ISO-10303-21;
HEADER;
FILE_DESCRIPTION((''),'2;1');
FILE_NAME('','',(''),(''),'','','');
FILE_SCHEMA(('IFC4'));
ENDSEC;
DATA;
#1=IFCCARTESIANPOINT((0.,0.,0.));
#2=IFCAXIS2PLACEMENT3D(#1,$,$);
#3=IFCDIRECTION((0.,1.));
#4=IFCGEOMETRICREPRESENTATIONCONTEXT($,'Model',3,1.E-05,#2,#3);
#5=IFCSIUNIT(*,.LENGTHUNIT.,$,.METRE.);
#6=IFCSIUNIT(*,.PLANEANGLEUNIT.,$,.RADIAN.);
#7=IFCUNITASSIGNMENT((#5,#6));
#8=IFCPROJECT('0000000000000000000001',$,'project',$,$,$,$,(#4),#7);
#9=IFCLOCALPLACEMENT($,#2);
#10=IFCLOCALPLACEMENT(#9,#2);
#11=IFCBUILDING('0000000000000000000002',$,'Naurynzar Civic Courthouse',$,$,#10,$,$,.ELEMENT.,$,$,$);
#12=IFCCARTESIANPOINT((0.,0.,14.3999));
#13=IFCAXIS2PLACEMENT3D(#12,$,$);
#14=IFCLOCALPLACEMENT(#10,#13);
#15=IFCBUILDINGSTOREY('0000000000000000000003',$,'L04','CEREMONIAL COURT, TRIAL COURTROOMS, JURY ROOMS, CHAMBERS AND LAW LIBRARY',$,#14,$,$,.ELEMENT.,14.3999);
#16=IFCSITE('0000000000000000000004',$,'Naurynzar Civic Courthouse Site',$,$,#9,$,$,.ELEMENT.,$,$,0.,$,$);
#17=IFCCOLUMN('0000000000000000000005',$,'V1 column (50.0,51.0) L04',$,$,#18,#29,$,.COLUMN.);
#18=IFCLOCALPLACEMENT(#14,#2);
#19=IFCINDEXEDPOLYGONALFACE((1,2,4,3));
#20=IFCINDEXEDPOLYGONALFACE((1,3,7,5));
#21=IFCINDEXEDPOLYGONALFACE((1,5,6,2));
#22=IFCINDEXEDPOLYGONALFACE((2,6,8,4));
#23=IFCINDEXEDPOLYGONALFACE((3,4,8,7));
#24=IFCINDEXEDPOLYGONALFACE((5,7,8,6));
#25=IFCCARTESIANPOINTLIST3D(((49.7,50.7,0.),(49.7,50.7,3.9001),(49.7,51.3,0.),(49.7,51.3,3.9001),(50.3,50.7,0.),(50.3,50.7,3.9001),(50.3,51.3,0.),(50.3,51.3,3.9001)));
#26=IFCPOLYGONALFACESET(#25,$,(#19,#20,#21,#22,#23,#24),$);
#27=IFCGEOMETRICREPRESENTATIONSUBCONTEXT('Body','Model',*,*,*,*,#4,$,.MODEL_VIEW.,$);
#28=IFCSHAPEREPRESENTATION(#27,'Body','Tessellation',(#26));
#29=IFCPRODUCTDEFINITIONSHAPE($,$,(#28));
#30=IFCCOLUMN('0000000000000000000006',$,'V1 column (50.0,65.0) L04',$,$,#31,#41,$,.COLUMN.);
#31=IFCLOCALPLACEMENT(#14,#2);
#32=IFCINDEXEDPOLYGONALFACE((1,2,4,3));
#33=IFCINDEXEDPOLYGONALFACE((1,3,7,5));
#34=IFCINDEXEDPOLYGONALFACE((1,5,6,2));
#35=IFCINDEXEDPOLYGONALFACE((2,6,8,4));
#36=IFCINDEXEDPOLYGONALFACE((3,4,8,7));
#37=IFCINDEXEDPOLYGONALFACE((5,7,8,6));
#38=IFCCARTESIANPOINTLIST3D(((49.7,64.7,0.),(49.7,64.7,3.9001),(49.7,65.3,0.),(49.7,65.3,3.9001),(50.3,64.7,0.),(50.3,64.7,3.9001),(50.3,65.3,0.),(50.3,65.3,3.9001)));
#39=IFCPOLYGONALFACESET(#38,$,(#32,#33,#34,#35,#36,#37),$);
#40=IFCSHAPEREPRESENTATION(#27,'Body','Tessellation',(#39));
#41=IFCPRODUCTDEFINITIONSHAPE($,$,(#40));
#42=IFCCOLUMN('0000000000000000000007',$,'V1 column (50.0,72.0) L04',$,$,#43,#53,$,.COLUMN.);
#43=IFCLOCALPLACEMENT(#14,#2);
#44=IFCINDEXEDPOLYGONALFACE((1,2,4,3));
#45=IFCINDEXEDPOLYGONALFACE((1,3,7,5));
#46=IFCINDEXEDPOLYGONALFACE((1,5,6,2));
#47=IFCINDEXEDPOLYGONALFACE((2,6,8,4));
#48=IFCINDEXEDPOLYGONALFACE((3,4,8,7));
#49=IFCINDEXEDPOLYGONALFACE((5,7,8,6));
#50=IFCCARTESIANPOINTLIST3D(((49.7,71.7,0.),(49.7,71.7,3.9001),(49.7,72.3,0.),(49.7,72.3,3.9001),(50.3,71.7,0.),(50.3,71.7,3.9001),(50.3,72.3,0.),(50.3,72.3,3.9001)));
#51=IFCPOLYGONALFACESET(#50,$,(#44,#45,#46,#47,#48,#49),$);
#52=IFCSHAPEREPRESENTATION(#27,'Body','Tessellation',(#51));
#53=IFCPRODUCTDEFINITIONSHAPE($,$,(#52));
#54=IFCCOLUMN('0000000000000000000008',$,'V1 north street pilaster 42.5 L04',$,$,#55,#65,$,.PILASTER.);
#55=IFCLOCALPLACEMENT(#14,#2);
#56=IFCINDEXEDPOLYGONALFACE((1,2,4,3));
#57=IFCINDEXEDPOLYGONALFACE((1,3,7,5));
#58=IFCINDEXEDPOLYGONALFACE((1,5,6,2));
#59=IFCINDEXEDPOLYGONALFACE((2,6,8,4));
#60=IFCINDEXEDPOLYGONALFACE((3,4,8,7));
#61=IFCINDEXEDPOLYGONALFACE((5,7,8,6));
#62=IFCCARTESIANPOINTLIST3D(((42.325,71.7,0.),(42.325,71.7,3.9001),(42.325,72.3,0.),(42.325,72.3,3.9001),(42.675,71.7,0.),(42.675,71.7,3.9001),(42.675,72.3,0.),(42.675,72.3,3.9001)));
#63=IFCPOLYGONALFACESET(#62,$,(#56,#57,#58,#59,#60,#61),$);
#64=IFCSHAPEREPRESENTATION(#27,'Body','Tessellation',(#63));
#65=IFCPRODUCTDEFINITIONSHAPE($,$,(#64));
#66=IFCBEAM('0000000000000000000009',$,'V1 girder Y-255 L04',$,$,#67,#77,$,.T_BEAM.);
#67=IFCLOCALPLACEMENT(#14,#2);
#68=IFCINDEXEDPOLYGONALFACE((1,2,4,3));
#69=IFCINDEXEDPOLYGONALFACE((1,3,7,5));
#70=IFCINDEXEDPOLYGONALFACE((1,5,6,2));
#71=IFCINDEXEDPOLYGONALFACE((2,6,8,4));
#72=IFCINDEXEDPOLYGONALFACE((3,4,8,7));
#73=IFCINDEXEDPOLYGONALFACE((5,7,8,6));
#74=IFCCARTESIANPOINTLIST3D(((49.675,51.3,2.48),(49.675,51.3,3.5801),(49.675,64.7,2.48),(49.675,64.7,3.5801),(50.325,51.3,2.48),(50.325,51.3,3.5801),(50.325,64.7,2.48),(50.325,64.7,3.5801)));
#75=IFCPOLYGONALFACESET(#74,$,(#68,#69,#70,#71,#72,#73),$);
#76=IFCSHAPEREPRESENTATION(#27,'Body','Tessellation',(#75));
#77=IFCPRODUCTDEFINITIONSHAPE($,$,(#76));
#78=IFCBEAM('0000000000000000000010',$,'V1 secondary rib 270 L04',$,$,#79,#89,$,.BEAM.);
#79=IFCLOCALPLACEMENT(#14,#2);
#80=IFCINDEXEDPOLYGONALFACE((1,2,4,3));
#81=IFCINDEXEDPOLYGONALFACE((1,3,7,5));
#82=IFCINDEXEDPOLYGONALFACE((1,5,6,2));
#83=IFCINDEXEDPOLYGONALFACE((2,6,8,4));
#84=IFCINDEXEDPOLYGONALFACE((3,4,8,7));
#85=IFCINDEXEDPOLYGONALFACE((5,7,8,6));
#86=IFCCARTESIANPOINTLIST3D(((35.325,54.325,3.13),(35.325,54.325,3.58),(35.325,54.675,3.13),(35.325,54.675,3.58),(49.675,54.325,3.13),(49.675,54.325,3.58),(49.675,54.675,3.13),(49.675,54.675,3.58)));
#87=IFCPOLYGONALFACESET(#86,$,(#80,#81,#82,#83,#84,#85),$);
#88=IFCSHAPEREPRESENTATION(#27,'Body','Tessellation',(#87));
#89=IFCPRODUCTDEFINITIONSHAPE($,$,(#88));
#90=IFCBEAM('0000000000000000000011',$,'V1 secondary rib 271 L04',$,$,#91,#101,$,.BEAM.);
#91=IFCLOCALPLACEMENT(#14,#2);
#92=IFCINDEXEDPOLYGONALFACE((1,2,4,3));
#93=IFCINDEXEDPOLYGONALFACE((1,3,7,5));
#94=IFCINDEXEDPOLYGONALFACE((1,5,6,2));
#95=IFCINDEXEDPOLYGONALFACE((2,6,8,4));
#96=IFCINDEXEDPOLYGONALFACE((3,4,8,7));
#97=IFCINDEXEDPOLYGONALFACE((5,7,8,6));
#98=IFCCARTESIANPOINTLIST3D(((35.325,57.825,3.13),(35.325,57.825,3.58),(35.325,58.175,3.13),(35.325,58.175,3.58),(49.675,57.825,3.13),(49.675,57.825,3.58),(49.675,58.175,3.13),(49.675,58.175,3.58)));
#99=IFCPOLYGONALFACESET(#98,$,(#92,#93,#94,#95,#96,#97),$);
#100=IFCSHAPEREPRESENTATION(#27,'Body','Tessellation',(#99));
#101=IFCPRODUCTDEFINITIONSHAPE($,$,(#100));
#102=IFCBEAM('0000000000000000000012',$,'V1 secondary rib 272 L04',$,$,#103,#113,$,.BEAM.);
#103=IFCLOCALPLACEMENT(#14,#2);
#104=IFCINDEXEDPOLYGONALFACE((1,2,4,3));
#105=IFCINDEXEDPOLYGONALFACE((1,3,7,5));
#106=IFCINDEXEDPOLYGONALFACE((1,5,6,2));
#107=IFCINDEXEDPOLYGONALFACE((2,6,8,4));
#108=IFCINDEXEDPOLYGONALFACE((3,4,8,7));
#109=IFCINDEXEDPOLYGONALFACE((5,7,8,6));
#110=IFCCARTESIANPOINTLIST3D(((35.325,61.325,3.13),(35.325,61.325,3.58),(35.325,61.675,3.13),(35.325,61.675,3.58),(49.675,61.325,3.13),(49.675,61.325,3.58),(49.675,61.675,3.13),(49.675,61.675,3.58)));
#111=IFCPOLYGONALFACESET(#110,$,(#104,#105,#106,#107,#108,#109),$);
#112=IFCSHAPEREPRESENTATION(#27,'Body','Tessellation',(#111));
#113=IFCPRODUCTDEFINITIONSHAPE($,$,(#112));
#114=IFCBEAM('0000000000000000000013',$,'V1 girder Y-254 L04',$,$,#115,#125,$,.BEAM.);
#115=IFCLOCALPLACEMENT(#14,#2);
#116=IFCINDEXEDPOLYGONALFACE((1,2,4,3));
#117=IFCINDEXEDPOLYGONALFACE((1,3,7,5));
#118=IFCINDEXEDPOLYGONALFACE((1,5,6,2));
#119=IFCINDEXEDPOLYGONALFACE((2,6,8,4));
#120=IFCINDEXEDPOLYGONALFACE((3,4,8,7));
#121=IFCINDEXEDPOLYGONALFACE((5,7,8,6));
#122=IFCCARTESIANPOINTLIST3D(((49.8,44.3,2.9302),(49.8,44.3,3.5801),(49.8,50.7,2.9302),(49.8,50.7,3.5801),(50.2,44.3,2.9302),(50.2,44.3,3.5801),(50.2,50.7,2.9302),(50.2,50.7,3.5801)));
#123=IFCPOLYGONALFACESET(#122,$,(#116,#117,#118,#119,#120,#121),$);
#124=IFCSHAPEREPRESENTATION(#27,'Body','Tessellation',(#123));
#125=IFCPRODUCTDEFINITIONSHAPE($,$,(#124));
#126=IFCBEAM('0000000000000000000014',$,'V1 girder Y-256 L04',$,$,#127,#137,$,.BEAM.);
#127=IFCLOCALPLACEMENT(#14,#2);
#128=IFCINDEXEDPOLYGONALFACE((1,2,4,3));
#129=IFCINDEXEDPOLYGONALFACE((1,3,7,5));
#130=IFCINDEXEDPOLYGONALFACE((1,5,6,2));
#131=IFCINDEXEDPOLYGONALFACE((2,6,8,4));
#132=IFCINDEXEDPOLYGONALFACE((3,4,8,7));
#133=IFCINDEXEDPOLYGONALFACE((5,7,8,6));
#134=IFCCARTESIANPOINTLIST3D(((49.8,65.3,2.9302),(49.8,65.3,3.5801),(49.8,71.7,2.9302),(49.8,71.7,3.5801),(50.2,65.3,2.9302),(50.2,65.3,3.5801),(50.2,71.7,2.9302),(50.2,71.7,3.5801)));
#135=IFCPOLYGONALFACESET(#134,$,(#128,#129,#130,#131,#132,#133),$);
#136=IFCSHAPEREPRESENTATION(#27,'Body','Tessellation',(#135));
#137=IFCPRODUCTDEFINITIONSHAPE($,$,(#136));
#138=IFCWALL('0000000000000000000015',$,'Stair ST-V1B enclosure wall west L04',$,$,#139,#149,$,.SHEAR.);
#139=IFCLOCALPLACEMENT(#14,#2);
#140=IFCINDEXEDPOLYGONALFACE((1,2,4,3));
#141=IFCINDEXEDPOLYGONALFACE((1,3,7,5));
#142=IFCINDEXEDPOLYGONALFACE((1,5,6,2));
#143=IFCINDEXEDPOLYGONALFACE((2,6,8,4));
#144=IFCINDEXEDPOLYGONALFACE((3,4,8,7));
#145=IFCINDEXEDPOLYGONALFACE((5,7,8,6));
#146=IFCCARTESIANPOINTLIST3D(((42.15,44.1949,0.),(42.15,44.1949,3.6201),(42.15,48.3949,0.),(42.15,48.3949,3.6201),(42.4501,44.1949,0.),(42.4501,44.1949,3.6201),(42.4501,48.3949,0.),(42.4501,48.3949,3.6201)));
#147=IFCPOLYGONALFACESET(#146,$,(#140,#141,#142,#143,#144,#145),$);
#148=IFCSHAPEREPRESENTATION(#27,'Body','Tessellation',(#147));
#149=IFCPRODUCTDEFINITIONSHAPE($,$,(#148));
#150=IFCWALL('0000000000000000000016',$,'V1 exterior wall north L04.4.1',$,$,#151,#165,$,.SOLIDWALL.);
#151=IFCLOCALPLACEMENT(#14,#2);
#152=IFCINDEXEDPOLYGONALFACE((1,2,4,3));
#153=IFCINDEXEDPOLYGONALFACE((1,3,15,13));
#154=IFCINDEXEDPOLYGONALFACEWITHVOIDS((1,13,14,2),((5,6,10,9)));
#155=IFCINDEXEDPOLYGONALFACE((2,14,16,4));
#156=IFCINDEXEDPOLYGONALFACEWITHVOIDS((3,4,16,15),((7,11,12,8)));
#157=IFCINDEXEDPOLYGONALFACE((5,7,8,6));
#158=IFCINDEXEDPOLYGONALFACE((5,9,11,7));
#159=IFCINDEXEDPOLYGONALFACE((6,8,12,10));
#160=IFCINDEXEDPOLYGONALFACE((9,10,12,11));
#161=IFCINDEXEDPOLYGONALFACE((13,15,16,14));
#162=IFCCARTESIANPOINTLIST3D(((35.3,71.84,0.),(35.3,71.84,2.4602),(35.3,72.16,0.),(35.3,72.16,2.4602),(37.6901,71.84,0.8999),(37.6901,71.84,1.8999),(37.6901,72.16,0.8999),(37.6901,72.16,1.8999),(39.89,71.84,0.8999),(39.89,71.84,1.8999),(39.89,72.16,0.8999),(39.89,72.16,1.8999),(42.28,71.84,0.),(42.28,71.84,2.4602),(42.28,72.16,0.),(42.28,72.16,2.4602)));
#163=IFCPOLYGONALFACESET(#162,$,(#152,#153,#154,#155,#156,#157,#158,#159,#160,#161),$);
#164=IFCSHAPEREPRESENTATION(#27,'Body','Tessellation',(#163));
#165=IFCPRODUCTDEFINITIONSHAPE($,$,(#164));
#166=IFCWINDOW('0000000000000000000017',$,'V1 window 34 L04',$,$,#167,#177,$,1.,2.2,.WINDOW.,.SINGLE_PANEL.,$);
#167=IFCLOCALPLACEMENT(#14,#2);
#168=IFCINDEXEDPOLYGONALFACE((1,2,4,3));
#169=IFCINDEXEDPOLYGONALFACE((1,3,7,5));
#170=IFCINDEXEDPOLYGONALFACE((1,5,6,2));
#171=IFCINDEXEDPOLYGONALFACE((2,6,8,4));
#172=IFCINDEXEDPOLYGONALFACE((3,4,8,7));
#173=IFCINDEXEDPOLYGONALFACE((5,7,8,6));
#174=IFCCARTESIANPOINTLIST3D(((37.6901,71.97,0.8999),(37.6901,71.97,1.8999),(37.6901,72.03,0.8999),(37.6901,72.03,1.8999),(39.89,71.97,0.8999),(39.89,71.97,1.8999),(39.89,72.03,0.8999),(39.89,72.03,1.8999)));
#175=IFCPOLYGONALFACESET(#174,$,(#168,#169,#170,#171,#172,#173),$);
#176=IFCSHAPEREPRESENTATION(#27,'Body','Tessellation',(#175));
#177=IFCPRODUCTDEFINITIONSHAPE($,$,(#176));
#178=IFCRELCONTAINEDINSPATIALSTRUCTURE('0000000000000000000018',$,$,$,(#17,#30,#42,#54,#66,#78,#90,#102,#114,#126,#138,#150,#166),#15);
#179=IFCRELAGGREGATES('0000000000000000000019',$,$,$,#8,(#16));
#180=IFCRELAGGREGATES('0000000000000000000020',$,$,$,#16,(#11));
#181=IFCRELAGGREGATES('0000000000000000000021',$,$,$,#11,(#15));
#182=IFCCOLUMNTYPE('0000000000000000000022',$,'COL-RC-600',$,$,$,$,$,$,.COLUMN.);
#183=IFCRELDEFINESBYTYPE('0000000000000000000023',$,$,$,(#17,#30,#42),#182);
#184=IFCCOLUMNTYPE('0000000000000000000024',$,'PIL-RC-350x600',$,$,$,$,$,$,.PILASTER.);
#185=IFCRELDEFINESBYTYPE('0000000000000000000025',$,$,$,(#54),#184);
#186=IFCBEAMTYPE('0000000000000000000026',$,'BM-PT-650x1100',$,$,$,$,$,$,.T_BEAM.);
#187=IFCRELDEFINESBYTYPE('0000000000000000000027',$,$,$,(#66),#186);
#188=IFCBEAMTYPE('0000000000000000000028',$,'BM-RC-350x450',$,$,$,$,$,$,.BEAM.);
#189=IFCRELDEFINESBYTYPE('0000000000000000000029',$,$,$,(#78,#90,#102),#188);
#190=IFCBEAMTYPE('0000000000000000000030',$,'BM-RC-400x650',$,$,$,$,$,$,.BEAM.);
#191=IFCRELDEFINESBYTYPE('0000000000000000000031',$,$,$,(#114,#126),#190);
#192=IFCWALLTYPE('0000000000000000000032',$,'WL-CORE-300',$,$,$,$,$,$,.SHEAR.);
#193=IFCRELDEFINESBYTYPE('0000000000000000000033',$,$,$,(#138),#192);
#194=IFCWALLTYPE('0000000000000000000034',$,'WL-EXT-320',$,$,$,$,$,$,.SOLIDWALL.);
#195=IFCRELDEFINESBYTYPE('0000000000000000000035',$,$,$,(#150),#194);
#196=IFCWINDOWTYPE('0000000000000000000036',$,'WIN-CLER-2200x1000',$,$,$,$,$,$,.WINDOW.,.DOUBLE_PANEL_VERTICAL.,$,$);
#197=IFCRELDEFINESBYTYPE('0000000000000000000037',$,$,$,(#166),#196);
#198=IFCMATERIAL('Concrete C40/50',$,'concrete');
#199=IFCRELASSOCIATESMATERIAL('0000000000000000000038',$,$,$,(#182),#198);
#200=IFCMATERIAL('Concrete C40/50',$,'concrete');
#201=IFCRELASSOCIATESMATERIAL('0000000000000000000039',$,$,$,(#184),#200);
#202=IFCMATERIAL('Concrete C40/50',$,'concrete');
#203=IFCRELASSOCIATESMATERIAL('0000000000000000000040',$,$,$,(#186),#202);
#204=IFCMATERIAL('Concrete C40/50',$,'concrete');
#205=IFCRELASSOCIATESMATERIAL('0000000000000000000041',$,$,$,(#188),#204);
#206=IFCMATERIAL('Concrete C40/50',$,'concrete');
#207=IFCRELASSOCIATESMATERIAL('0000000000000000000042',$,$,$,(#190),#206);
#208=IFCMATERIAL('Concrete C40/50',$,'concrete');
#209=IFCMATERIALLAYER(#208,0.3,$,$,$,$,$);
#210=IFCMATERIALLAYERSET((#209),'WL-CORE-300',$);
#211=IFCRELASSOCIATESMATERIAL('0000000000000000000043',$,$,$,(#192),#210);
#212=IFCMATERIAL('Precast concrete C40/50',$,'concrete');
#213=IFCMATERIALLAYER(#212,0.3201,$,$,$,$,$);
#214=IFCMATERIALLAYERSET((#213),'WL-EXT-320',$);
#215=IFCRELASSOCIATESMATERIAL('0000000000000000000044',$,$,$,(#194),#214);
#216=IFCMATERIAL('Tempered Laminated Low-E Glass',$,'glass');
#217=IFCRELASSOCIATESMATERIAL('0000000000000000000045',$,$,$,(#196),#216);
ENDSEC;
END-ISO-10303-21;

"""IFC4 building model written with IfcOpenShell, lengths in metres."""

from ifc_helpers import new_model, si_unit, direction, frame, frame_2d, origin, origin_2d, place, context, subcontext, project, spatial, rectangle, extrude, material, layer, layer_set, material_profile, profile_set, type_object, element, fill, save


model = new_model("IFC4")

# Units and contexts
model_context = context("Model", 3, precision=1e-05, world=origin(), true_north=direction((0.0, 1.0)))
body_context = subcontext(model_context, "Body", "Model", "MODEL_VIEW")
ifc_project = project(units=[si_unit("LENGTHUNIT", "METRE"), si_unit("PLANEANGLEUNIT", "RADIAN")], contexts=[model_context])

# Site, building, storey
site_placement = place(None, origin())
site = spatial("IfcSite", under=ifc_project, at=site_placement, Name="Naurynzar Civic Courthouse Site", CompositionType="ELEMENT", RefElevation=0.0)
building_placement = place(site_placement, origin())
building = spatial("IfcBuilding", under=site, at=building_placement, Name="Naurynzar Civic Courthouse", CompositionType="ELEMENT")
storey_placement = place(building_placement, frame((0.0, 0.0, 14.3999)))
storey = spatial("IfcBuildingStorey", under=building, at=storey_placement, Name="L04", Description="CEREMONIAL COURT, TRIAL COURTROOMS, JURY ROOMS, CHAMBERS AND LAW LIBRARY", CompositionType="ELEMENT", Elevation=14.3999)

# Columns
ifc_material_1 = material(Name="Concrete C40/50", Category="concrete")
ifc_material_profile_1 = material_profile(ifc_material_1, rectangle(XDim=0.6001, YDim=0.6001, at=origin_2d()), Name="RC 600x600")
ifc_profile_set_1 = profile_set([ifc_material_profile_1], Name="Concrete C40/50")
column_type_1 = type_object("IfcColumnType", Name="COL-RC-600", PredefinedType="COLUMN", material=ifc_profile_set_1)
for number, where, z_axis, x_axis, name in (
    (1, (50.0, 51.0, 0.0), (0.0, 0.0, 1.0), (1.0, 0.0, 0.0), "V1 column (50.0,51.0) L04"),
    (2, (50.0, 65.0, 0.0), (0.0, 0.0, 1.0), (1.0, 0.0, 0.0), "V1 column (50.0,65.0) L04"),
    (3, (50.0, 72.0, 0.0), (0.0, 0.0, 1.0), (1.0, 0.0, 0.0), "V1 column (50.0,72.0) L04"),
):
    element("IfcColumn", number, at=place(storey_placement, frame(where, z_axis=z_axis, x_axis=x_axis)), inside=storey, type_object=column_type_1, Name=name, PredefinedType="COLUMN", context=body_context, shape_type="SweptSolid", body=[
        extrude(rectangle(XDim=0.6001, YDim=0.6001, at=origin_2d()), origin(), (0.0, 0.0, 1.0), 3.9001),
    ])
ifc_material_2 = material(Name="Concrete C40/50", Category="concrete")
ifc_material_profile_2 = material_profile(ifc_material_2, rectangle(XDim=0.3501, YDim=0.6001, at=origin_2d()), Name="RC 350x600")
ifc_profile_set_2 = profile_set([ifc_material_profile_2], Name="Concrete C40/50")
column_type_2 = type_object("IfcColumnType", Name="PIL-RC-350x600", PredefinedType="PILASTER", material=ifc_profile_set_2)
column_placement = place(storey_placement, frame((42.5, 72.0, 0.0), z_axis=(0.0, 0.0, 1.0), x_axis=(1.0, 0.0, 0.0)))
element("IfcColumn", 4, at=column_placement, inside=storey, type_object=column_type_2, Name="V1 north street pilaster 42.5 L04", PredefinedType="PILASTER", context=body_context, shape_type="SweptSolid", body=[
    extrude(rectangle(XDim=0.3501, YDim=0.6001, at=origin_2d()), origin(), (0.0, 0.0, 1.0), 3.9001),
])

# Beams
ifc_material_3 = material(Name="Concrete C40/50", Category="concrete")
ifc_material_profile_3 = material_profile(ifc_material_3, rectangle(XDim=0.6499, YDim=1.1001, at=origin_2d()), Name="PTB 650x1100")
ifc_profile_set_3 = profile_set([ifc_material_profile_3], Name="Concrete C40/50")
beam_type_1 = type_object("IfcBeamType", Name="BM-PT-650x1100", PredefinedType="T_BEAM", material=ifc_profile_set_3)
beam_placement = place(storey_placement, frame((50.0, 51.3, 3.03), z_axis=(0.0, 1.0, 0.0), x_axis=(-1.0, 0.0, 0.0)))
element("IfcBeam", 5, at=beam_placement, inside=storey, type_object=beam_type_1, Name="V1 girder Y-255 L04", PredefinedType="T_BEAM", context=body_context, shape_type="SweptSolid", body=[
    extrude(rectangle(XDim=0.6499, YDim=1.1001, at=origin_2d()), origin(), (0.0, 0.0, 1.0), 13.3999),
])
ifc_material_4 = material(Name="Concrete C40/50", Category="concrete")
ifc_material_profile_4 = material_profile(ifc_material_4, rectangle(XDim=0.3501, YDim=0.45, at=origin_2d()), Name="RCB 350x450")
ifc_profile_set_4 = profile_set([ifc_material_profile_4], Name="Concrete C40/50")
beam_type_2 = type_object("IfcBeamType", Name="BM-RC-350x450", PredefinedType="BEAM", material=ifc_profile_set_4)
for number, where, z_axis, x_axis, name in (
    (6, (35.325, 54.5, 3.355), (1.0, 0.0, 0.0), (0.0, 1.0, 0.0), "V1 secondary rib 270 L04"),
    (7, (35.325, 58.0, 3.355), (1.0, 0.0, 0.0), (0.0, 1.0, 0.0), "V1 secondary rib 271 L04"),
    (8, (35.325, 61.5, 3.355), (1.0, 0.0, 0.0), (0.0, 1.0, 0.0), "V1 secondary rib 272 L04"),
):
    element("IfcBeam", number, at=place(storey_placement, frame(where, z_axis=z_axis, x_axis=x_axis)), inside=storey, type_object=beam_type_2, Name=name, PredefinedType="BEAM", context=body_context, shape_type="SweptSolid", body=[
        extrude(rectangle(XDim=0.3501, YDim=0.45, at=origin_2d()), origin(), (0.0, 0.0, 1.0), 14.3501),
    ])
ifc_material_5 = material(Name="Concrete C40/50", Category="concrete")
ifc_material_profile_5 = material_profile(ifc_material_5, rectangle(XDim=0.3999, YDim=0.6499, at=origin_2d()), Name="RCB 400x650")
ifc_profile_set_5 = profile_set([ifc_material_profile_5], Name="Concrete C40/50")
beam_type_3 = type_object("IfcBeamType", Name="BM-RC-400x650", PredefinedType="BEAM", material=ifc_profile_set_5)
for number, where, z_axis, x_axis, name in (
    (9, (50.0, 44.3, 3.2551), (0.0, 1.0, 0.0), (-1.0, 0.0, 0.0), "V1 girder Y-254 L04"),
    (10, (50.0, 65.3, 3.2551), (0.0, 1.0, 0.0), (-1.0, 0.0, 0.0), "V1 girder Y-256 L04"),
):
    element("IfcBeam", number, at=place(storey_placement, frame(where, z_axis=z_axis, x_axis=x_axis)), inside=storey, type_object=beam_type_3, Name=name, PredefinedType="BEAM", context=body_context, shape_type="SweptSolid", body=[
        extrude(rectangle(XDim=0.3999, YDim=0.6499, at=origin_2d()), origin(), (0.0, 0.0, 1.0), 6.3999),
    ])

# Shared definitions
ifc_material_6 = material(Name="Concrete C40/50", Category="concrete")
ifc_layer_1 = layer(ifc_material_6, 0.3)
ifc_layer_set_1 = layer_set([ifc_layer_1], Name="WL-CORE-300")
wall_type_1 = type_object("IfcWallType", Name="WL-CORE-300", PredefinedType="SHEAR", material=ifc_layer_set_1)

# Wall
wall_1_placement = place(storey_placement, frame((42.3, 48.395, 0.0), z_axis=(0.0, 0.0, 1.0), x_axis=(0.0, -1.0, 0.0)))
element("IfcWall", 11, at=wall_1_placement, inside=storey, type_object=wall_type_1, Name="Stair ST-V1B enclosure wall west L04", PredefinedType="SHEAR", context=body_context, shape_type="SweptSolid", body=[
    extrude(rectangle(XDim=4.2, YDim=0.3, at=frame_2d((2.1001, 0.0))), origin(), (0.0, 0.0, 1.0), 3.6201),
])

# Wall, opening, window
ifc_material_7 = material(Name="Precast concrete C40/50", Category="concrete")
ifc_layer_2 = layer(ifc_material_7, 0.3201)
ifc_layer_set_2 = layer_set([ifc_layer_2], Name="WL-EXT-320")
wall_type_2 = type_object("IfcWallType", Name="WL-EXT-320", PredefinedType="SOLIDWALL", material=ifc_layer_set_2)
wall_2_placement = place(storey_placement, frame((35.3, 72.0, 0.0), z_axis=(0.0, 0.0, 1.0), x_axis=(1.0, 0.0, 0.0)))
wall_2 = element("IfcWall", 12, at=wall_2_placement, inside=storey, type_object=wall_type_2, Name="V1 exterior wall north L04.4.1", PredefinedType="SOLIDWALL", context=body_context, shape_type="SweptSolid", body=[
    extrude(rectangle(XDim=6.98, YDim=0.3201, at=frame_2d((3.49, 0.0))), origin(), (0.0, 0.0, 1.0), 2.4602),
])
opening_1_placement = place(wall_2_placement, frame((2.3899, 0.0, 0.8999)))
opening_1 = element("IfcOpeningElement", 13, at=opening_1_placement, cuts=wall_2, PredefinedType="OPENING", context=body_context, shape_type="SweptSolid", body=[
    extrude(rectangle(XDim=2.2, YDim=1.0, at=frame_2d((1.1001, 0.5))), frame((0.0, 0.1699, 0.0), z_axis=(0.0, -1.0, 0.0), x_axis=(1.0, 0.0, 0.0)), (0.0, 0.0, 1.0), 0.3401),
])
ifc_material_8 = material(Name="Tempered Laminated Low-E Glass", Category="glass")
window_type = type_object("IfcWindowType", Name="WIN-CLER-2200x1000", PartitioningType="DOUBLE_PANEL_VERTICAL", PredefinedType="WINDOW", material=ifc_material_8)
window_1_placement = place(opening_1_placement, origin())
window_1 = element("IfcWindow", 14, at=window_1_placement, inside=storey, type_object=window_type, Name="V1 window 34 L04", OverallHeight=1.0, OverallWidth=2.2, PartitioningType="SINGLE_PANEL", PredefinedType="WINDOW", context=body_context, shape_type="SweptSolid", body=[
    extrude(rectangle(XDim=2.2, YDim=1.0, at=frame_2d((1.1001, 0.5))), frame((0.0, 0.03, 0.0), z_axis=(0.0, -1.0, 0.0), x_axis=(1.0, 0.0, 0.0)), (0.0, 0.0, 1.0), 0.0601),
])
fill(opening_1, window_1)

save(model, "model.ifc")
